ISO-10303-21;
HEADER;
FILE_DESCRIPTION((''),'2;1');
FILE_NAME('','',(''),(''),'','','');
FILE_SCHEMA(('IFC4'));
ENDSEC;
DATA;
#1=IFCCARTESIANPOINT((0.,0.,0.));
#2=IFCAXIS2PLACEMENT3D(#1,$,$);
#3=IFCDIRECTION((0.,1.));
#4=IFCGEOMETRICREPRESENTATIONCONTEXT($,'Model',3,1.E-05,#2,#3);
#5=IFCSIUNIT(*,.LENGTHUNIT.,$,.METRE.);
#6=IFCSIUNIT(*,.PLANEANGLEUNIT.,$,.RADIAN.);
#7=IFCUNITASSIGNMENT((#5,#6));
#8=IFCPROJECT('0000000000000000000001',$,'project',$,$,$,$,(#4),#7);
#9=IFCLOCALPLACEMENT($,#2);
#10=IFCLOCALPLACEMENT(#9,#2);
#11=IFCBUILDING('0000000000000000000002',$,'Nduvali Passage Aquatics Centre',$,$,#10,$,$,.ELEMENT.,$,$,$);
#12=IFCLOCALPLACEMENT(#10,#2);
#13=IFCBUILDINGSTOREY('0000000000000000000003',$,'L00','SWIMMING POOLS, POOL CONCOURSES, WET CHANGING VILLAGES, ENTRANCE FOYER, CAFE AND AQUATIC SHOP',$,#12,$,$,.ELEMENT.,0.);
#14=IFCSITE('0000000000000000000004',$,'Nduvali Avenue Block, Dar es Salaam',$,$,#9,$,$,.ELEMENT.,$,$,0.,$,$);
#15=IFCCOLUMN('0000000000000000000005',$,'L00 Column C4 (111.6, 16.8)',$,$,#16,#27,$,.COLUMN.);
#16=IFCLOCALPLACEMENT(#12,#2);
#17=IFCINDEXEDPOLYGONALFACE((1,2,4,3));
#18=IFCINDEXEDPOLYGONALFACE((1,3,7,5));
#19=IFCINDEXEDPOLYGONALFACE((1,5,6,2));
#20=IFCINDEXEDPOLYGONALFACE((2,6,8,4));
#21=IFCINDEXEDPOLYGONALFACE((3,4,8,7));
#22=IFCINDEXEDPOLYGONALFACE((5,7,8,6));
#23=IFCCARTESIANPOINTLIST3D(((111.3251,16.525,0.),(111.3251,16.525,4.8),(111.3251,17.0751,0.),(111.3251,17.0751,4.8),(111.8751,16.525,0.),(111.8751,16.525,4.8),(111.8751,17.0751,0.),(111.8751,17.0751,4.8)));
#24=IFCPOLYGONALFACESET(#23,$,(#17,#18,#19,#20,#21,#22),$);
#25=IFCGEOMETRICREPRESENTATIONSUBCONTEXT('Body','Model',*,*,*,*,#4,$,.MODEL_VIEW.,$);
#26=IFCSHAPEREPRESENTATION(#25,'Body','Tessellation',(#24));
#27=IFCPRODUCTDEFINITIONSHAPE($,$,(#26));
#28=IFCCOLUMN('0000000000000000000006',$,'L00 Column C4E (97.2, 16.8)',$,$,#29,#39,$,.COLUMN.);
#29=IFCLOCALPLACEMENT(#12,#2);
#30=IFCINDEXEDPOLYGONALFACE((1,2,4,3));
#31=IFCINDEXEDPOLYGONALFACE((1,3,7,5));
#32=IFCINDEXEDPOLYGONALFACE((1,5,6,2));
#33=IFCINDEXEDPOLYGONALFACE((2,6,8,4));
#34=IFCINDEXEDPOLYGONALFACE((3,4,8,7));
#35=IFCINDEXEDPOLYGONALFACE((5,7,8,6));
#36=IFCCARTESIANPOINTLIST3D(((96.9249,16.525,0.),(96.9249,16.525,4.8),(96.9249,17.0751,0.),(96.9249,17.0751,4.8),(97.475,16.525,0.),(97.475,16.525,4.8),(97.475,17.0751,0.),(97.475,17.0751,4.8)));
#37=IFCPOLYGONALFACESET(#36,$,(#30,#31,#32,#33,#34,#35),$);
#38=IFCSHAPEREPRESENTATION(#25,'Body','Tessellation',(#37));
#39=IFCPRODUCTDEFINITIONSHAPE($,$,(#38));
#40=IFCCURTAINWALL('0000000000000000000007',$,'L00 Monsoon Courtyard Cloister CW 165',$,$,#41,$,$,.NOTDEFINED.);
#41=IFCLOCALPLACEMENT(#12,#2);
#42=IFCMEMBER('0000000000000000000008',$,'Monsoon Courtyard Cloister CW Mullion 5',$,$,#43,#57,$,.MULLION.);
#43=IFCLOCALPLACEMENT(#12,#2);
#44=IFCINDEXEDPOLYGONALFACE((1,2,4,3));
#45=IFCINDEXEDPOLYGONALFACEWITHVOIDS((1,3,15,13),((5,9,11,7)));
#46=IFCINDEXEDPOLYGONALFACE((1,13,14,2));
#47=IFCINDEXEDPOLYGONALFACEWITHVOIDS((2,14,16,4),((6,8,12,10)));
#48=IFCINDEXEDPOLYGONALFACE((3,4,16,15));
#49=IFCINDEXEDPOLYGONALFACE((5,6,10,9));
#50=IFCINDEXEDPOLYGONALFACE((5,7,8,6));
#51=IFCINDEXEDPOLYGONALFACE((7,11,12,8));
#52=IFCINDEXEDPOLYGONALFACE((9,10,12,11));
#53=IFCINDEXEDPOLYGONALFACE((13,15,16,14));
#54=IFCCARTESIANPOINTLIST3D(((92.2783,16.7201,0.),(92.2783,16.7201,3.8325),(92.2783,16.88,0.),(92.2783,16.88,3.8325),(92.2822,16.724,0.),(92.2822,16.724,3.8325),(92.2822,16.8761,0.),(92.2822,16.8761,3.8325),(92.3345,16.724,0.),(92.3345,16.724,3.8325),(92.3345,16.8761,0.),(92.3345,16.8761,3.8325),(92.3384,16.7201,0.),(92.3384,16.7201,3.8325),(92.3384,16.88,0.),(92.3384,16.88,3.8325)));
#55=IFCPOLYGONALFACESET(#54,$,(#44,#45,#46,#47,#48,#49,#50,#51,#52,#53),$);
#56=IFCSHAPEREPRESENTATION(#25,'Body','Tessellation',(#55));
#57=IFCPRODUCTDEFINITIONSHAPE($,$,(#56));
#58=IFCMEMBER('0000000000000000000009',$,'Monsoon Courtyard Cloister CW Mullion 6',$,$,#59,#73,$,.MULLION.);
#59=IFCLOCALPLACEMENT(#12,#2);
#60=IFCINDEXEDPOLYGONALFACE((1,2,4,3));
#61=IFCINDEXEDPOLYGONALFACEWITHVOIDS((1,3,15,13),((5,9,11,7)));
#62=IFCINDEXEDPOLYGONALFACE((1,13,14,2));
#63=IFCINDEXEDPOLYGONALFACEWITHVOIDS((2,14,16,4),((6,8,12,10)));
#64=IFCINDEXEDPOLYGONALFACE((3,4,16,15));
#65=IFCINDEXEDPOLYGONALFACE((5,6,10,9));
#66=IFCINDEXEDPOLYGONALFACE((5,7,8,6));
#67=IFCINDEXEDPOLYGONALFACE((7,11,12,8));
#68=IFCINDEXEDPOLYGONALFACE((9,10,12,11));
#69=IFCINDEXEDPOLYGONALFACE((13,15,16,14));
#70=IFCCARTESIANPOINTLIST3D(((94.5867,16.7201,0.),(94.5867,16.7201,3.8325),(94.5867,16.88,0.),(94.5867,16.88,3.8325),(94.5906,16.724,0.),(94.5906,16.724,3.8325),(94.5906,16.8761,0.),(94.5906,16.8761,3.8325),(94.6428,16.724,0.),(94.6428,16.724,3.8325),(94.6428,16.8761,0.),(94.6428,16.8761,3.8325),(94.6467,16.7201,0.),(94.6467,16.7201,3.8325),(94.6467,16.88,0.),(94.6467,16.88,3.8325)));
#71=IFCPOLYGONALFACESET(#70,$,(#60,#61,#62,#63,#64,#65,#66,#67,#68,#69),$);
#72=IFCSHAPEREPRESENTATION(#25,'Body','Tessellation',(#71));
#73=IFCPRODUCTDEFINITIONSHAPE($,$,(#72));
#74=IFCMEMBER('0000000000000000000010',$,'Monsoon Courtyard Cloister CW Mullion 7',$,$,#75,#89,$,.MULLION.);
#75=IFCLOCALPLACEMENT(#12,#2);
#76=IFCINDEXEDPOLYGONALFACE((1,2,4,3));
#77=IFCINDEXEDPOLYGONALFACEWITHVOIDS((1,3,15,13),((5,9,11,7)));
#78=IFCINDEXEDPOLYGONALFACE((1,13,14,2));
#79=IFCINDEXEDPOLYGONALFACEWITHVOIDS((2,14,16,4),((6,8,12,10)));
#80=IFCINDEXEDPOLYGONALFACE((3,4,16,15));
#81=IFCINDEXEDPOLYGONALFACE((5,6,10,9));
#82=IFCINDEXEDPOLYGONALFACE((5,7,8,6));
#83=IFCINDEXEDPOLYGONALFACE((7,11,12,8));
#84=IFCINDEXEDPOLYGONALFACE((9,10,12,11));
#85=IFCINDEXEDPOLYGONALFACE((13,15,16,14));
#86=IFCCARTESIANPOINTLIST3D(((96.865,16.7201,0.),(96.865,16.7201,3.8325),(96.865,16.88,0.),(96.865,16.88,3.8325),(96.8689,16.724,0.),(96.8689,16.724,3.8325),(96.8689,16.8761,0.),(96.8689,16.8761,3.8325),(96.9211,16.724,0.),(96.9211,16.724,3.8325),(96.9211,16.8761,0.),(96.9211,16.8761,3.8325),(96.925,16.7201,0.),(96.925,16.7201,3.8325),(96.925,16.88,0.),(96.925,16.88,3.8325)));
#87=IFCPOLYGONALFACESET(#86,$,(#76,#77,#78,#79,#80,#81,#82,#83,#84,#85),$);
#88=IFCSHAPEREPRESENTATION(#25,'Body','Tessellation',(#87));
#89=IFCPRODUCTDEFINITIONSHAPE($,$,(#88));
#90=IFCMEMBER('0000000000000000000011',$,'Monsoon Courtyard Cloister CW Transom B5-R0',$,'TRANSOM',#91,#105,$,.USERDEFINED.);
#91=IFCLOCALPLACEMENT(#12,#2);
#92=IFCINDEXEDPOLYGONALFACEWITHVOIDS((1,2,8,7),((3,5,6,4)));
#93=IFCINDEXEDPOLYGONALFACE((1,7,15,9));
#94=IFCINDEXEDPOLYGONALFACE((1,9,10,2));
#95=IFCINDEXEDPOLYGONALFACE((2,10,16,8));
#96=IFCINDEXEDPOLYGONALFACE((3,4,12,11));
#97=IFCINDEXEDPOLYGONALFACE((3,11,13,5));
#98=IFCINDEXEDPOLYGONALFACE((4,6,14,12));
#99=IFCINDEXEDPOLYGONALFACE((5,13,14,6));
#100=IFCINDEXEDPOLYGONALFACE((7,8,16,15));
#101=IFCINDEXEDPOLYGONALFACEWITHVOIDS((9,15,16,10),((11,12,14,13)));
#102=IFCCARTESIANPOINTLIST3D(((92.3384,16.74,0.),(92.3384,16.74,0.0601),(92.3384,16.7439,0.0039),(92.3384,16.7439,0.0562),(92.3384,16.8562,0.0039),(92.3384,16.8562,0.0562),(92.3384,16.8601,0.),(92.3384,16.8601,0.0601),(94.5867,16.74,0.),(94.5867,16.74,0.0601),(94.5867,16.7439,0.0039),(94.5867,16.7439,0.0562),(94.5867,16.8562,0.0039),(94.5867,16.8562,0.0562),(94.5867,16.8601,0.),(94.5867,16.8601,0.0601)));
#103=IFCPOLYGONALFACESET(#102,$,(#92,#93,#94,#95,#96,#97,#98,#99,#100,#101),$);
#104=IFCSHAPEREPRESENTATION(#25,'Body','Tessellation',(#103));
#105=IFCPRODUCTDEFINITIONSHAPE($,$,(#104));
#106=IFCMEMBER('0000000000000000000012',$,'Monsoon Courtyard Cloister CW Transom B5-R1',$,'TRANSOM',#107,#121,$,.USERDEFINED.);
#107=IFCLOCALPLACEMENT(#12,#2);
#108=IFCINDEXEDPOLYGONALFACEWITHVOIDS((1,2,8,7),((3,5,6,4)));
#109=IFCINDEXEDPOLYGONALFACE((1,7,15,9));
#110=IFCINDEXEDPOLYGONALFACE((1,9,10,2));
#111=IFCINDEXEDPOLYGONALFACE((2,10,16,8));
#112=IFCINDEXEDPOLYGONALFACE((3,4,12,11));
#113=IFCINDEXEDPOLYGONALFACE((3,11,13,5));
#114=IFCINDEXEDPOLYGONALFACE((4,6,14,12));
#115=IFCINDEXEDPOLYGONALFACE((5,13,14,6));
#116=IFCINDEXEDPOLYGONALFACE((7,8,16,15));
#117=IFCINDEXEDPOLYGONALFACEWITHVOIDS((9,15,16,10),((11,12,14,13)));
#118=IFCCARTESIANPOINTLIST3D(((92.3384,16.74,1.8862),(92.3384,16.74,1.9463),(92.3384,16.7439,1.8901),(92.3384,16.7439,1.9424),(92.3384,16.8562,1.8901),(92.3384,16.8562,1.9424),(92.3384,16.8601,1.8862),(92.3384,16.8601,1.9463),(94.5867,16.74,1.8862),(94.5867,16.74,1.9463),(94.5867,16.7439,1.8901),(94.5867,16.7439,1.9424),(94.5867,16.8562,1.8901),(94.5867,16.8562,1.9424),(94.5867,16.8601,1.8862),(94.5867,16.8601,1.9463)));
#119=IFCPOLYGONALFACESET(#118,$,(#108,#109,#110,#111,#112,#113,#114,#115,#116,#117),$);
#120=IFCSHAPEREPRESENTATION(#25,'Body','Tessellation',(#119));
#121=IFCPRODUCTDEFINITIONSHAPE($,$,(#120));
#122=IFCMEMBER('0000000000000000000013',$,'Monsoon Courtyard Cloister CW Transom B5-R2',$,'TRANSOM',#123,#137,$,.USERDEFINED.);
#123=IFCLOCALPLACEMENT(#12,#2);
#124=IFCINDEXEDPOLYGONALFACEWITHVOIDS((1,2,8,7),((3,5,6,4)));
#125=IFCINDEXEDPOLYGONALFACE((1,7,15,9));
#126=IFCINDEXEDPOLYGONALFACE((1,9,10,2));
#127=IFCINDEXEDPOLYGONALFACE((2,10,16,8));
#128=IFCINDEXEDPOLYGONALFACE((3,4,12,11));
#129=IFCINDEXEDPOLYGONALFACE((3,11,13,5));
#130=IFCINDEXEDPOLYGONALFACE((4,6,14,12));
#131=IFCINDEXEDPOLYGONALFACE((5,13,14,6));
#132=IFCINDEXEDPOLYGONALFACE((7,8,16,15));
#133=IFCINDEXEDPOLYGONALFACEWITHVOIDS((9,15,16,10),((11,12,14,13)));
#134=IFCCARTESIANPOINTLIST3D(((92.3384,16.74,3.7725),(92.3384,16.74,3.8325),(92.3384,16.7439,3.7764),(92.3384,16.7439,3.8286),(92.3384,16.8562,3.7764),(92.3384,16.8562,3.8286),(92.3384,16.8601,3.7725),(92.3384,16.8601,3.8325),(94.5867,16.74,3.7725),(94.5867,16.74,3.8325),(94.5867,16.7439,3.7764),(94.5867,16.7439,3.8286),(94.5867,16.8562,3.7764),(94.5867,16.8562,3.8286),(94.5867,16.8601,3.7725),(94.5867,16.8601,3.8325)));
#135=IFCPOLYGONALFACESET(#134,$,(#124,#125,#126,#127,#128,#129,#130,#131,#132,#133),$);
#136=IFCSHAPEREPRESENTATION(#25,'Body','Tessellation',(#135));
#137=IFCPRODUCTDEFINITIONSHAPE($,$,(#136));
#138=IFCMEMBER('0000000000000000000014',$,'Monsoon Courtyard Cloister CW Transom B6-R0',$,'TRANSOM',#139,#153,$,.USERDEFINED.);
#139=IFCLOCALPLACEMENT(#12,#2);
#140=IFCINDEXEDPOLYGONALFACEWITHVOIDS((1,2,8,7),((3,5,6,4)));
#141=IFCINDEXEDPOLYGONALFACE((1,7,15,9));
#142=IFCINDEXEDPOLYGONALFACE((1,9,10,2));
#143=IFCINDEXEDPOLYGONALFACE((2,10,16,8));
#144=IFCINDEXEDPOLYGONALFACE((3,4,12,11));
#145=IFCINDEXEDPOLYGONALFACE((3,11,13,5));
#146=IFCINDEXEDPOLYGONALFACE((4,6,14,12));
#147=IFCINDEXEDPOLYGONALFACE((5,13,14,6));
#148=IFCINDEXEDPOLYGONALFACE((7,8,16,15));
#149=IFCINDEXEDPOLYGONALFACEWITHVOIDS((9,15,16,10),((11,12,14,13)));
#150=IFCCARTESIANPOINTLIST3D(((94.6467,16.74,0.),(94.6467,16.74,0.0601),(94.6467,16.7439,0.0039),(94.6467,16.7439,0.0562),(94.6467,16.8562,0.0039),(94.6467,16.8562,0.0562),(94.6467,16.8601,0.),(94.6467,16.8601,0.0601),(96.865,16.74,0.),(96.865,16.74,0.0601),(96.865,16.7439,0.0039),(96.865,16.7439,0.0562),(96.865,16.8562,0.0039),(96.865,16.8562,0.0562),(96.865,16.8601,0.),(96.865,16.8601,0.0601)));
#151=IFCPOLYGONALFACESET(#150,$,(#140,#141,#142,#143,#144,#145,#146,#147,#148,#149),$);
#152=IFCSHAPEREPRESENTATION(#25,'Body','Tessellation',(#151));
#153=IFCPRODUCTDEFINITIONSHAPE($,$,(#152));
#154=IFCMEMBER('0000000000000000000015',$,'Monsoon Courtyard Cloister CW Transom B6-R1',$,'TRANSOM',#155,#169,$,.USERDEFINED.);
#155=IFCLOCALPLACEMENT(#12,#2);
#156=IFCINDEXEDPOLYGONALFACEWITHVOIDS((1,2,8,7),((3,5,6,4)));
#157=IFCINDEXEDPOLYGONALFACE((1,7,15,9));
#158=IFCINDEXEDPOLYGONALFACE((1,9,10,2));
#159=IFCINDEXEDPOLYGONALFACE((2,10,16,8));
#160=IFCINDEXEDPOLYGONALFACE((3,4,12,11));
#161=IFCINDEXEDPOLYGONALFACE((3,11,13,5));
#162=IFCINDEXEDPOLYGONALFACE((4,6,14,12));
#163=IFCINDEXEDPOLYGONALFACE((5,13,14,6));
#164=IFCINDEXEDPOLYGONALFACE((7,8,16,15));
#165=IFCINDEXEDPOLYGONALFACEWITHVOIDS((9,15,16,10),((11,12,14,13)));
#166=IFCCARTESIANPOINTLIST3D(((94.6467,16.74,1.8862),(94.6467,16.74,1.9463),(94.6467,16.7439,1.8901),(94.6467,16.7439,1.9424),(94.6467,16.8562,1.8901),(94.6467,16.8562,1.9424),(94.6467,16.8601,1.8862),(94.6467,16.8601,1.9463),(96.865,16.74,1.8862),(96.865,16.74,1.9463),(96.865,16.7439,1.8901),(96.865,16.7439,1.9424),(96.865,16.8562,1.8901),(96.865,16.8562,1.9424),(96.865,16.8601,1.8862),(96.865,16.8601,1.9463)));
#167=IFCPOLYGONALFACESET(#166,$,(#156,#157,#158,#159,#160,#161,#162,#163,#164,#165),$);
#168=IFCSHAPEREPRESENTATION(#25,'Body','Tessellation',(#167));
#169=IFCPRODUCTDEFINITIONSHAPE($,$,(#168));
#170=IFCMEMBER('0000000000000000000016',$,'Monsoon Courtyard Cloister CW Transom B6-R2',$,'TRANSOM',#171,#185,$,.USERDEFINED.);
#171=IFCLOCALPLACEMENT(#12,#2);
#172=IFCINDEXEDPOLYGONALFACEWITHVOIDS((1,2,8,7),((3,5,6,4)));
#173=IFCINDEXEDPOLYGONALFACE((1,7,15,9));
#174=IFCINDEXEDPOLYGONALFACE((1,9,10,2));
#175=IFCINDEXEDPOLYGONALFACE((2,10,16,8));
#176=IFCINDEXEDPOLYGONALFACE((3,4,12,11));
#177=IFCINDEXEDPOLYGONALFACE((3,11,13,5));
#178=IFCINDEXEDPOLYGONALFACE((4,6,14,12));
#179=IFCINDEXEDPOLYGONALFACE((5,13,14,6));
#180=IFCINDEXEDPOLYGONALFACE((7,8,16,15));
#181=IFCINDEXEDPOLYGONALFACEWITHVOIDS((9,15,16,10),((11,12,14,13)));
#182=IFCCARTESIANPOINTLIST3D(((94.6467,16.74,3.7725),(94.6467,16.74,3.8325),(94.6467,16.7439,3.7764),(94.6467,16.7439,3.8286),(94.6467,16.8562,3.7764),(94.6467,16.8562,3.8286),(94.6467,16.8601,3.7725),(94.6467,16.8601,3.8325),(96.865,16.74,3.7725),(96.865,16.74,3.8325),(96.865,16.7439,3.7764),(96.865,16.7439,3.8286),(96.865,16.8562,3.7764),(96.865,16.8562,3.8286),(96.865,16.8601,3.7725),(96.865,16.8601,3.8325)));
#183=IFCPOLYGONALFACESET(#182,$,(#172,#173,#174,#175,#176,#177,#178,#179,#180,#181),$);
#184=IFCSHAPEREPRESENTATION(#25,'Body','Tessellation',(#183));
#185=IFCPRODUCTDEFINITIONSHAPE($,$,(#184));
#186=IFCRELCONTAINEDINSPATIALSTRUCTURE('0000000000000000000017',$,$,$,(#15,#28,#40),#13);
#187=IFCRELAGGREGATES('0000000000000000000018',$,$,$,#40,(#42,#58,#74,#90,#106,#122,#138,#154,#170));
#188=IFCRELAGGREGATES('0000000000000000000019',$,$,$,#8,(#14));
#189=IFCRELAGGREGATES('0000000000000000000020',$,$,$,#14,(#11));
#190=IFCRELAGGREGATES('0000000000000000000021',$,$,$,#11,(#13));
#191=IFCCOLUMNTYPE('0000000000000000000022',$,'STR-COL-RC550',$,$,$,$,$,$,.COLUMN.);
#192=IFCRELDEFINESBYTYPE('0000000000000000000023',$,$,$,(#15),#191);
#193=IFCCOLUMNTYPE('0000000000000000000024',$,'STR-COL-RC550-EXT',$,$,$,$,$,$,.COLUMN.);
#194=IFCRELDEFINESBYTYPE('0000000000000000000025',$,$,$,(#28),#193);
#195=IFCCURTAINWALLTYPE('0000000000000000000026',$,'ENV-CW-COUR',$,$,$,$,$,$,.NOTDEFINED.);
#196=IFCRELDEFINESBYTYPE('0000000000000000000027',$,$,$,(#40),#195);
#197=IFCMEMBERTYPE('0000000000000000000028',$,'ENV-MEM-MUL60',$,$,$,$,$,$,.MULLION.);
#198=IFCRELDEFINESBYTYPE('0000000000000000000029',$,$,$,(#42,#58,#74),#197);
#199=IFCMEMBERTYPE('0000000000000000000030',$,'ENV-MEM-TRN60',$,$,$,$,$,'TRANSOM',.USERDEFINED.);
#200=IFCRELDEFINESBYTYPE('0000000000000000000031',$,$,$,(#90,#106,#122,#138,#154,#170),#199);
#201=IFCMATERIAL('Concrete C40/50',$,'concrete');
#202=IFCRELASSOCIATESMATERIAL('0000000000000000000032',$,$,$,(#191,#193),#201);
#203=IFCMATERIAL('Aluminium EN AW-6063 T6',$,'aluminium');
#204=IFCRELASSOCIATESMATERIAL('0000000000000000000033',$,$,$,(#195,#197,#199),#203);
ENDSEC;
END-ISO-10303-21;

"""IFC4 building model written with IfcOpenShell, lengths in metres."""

from ifc_helpers import new_model, si_unit, direction, frame, origin, origin_2d, place, context, subcontext, project, spatial, rectangle, hollow_rectangle, extrude, material, material_profile, profile_set, type_object, element, aggregate, save


model = new_model("IFC4")

# Units and contexts
model_context = context("Model", 3, precision=1e-05, world=origin(), true_north=direction((0.0, 1.0)))
body_context = subcontext(model_context, "Body", "Model", "MODEL_VIEW")
ifc_project = project(units=[si_unit("LENGTHUNIT", "METRE"), si_unit("PLANEANGLEUNIT", "RADIAN")], contexts=[model_context])

# Site, building, storey
site_placement = place(None, origin())
site = spatial("IfcSite", under=ifc_project, at=site_placement, Name="Nduvali Avenue Block, Dar es Salaam", CompositionType="ELEMENT", RefElevation=0.0)
building_placement = place(site_placement, origin())
building = spatial("IfcBuilding", under=site, at=building_placement, Name="Nduvali Passage Aquatics Centre", CompositionType="ELEMENT")
storey_placement = place(building_placement, origin())
storey = spatial("IfcBuildingStorey", under=building, at=storey_placement, Name="L00", Description="SWIMMING POOLS, POOL CONCOURSES, WET CHANGING VILLAGES, ENTRANCE FOYER, CAFE AND AQUATIC SHOP", CompositionType="ELEMENT", Elevation=0.0)

# Columns
ifc_material_1 = material(Name="Concrete C40/50", Category="concrete")
ifc_material_profile_1 = material_profile(ifc_material_1, rectangle(XDim=0.55, YDim=0.55, at=origin_2d()), Name="RC 550x550")
ifc_profile_set_1 = profile_set([ifc_material_profile_1], Name="Concrete C40/50")
column_type_1 = type_object("IfcColumnType", Name="STR-COL-RC550", PredefinedType="COLUMN", material=ifc_profile_set_1)
column_1_placement = place(storey_placement, frame((111.6001, 16.8, 0.0), z_axis=(0.0, 0.0, 1.0), x_axis=(1.0, 0.0, 0.0)))
element("IfcColumn", 1, at=column_1_placement, inside=storey, type_object=column_type_1, Name="L00 Column C4 (111.6, 16.8)", PredefinedType="COLUMN", context=body_context, shape_type="SweptSolid", body=[
    extrude(rectangle(XDim=0.55, YDim=0.55, at=origin_2d()), origin(), (0.0, 0.0, 1.0), 4.8),
])
ifc_material_profile_2 = material_profile(ifc_material_1, rectangle(XDim=0.55, YDim=0.55, at=origin_2d()), Name="RC 550x550")
ifc_profile_set_2 = profile_set([ifc_material_profile_2], Name="Concrete C40/50")
column_type_2 = type_object("IfcColumnType", Name="STR-COL-RC550-EXT", PredefinedType="COLUMN", material=ifc_profile_set_2)
column_2_placement = place(storey_placement, frame((97.2, 16.8, 0.0), z_axis=(0.0, 0.0, 1.0), x_axis=(1.0, 0.0, 0.0)))
element("IfcColumn", 2, at=column_2_placement, inside=storey, type_object=column_type_2, Name="L00 Column C4E (97.2, 16.8)", PredefinedType="COLUMN", context=body_context, shape_type="SweptSolid", body=[
    extrude(rectangle(XDim=0.55, YDim=0.55, at=origin_2d()), origin(), (0.0, 0.0, 1.0), 4.8),
])

# Curtain wall, members
ifc_material_2 = material(Name="Aluminium EN AW-6063 T6", Category="aluminium")
curtain_wall_type = type_object("IfcCurtainWallType", Name="ENV-CW-COUR", PredefinedType="NOTDEFINED", material=ifc_material_2)
curtain_wall_placement = place(storey_placement, origin())
curtain_wall = element("IfcCurtainWall", 3, at=curtain_wall_placement, inside=storey, type_object=curtain_wall_type, Name="L00 Monsoon Courtyard Cloister CW 165", PredefinedType="NOTDEFINED")
ifc_material_profile_3 = material_profile(ifc_material_2, hollow_rectangle(XDim=0.0601, YDim=0.1599, WallThickness=0.0039, at=origin_2d()), Name="ALU MULLION 60x160x4")
ifc_profile_set_3 = profile_set([ifc_material_profile_3], Name="Aluminium EN AW-6063 T6")
member_type_1 = type_object("IfcMemberType", Name="ENV-MEM-MUL60", PredefinedType="MULLION", material=ifc_profile_set_3)
member_1_placement = place(storey_placement, frame((92.3083, 16.8, 0.0), z_axis=(0.0, 0.0, 1.0), x_axis=(1.0, 0.0, 0.0)))
member_1 = element("IfcMember", 4, at=member_1_placement, type_object=member_type_1, Name="Monsoon Courtyard Cloister CW Mullion 5", PredefinedType="MULLION", context=body_context, shape_type="SweptSolid", body=[
    extrude(hollow_rectangle(XDim=0.0601, YDim=0.1599, WallThickness=0.0039, at=origin_2d()), origin(), (0.0, 0.0, 1.0), 3.8325),
])
member_2_placement = place(storey_placement, frame((94.6167, 16.8, 0.0), z_axis=(0.0, 0.0, 1.0), x_axis=(1.0, 0.0, 0.0)))
member_2 = element("IfcMember", 5, at=member_2_placement, type_object=member_type_1, Name="Monsoon Courtyard Cloister CW Mullion 6", PredefinedType="MULLION", context=body_context, shape_type="SweptSolid", body=[
    extrude(hollow_rectangle(XDim=0.0601, YDim=0.1599, WallThickness=0.0039, at=origin_2d()), origin(), (0.0, 0.0, 1.0), 3.8325),
])
member_3_placement = place(storey_placement, frame((96.895, 16.8, 0.0), z_axis=(0.0, 0.0, 1.0), x_axis=(1.0, 0.0, 0.0)))
member_3 = element("IfcMember", 6, at=member_3_placement, type_object=member_type_1, Name="Monsoon Courtyard Cloister CW Mullion 7", PredefinedType="MULLION", context=body_context, shape_type="SweptSolid", body=[
    extrude(hollow_rectangle(XDim=0.0601, YDim=0.1599, WallThickness=0.0039, at=origin_2d()), origin(), (0.0, 0.0, 1.0), 3.8325),
])
ifc_material_profile_4 = material_profile(ifc_material_2, hollow_rectangle(XDim=0.1201, YDim=0.0601, WallThickness=0.0039, at=origin_2d()), Name="ALU TRANSOM 120x60x4")
ifc_profile_set_4 = profile_set([ifc_material_profile_4], Name="Aluminium EN AW-6063 T6")
member_type_2 = type_object("IfcMemberType", Name="ENV-MEM-TRN60", ElementType="TRANSOM", PredefinedType="USERDEFINED", material=ifc_profile_set_4)
member_4_placement = place(storey_placement, frame((92.3384, 16.8, 0.03), z_axis=(1.0, 0.0, 0.0), x_axis=(0.0, 1.0, 0.0)))
member_4 = element("IfcMember", 7, at=member_4_placement, type_object=member_type_2, Name="Monsoon Courtyard Cloister CW Transom B5-R0", ObjectType="TRANSOM", PredefinedType="USERDEFINED", context=body_context, shape_type="SweptSolid", body=[
    extrude(hollow_rectangle(XDim=0.1201, YDim=0.0601, WallThickness=0.0039, at=origin_2d()), origin(), (0.0, 0.0, 1.0), 2.2483),
])
member_5_placement = place(storey_placement, frame((92.3384, 16.8, 1.9163), z_axis=(1.0, 0.0, 0.0), x_axis=(0.0, 1.0, 0.0)))
member_5 = element("IfcMember", 8, at=member_5_placement, type_object=member_type_2, Name="Monsoon Courtyard Cloister CW Transom B5-R1", ObjectType="TRANSOM", PredefinedType="USERDEFINED", context=body_context, shape_type="SweptSolid", body=[
    extrude(hollow_rectangle(XDim=0.1201, YDim=0.0601, WallThickness=0.0039, at=origin_2d()), origin(), (0.0, 0.0, 1.0), 2.2483),
])
member_6_placement = place(storey_placement, frame((92.3384, 16.8, 3.8025), z_axis=(1.0, 0.0, 0.0), x_axis=(0.0, 1.0, 0.0)))
member_6 = element("IfcMember", 9, at=member_6_placement, type_object=member_type_2, Name="Monsoon Courtyard Cloister CW Transom B5-R2", ObjectType="TRANSOM", PredefinedType="USERDEFINED", context=body_context, shape_type="SweptSolid", body=[
    extrude(hollow_rectangle(XDim=0.1201, YDim=0.0601, WallThickness=0.0039, at=origin_2d()), origin(), (0.0, 0.0, 1.0), 2.2483),
])
member_7_placement = place(storey_placement, frame((94.6467, 16.8, 0.03), z_axis=(1.0, 0.0, 0.0), x_axis=(0.0, 1.0, 0.0)))
member_7 = element("IfcMember", 10, at=member_7_placement, type_object=member_type_2, Name="Monsoon Courtyard Cloister CW Transom B6-R0", ObjectType="TRANSOM", PredefinedType="USERDEFINED", context=body_context, shape_type="SweptSolid", body=[
    extrude(hollow_rectangle(XDim=0.1201, YDim=0.0601, WallThickness=0.0039, at=origin_2d()), origin(), (0.0, 0.0, 1.0), 2.2183),
])
member_8_placement = place(storey_placement, frame((94.6467, 16.8, 1.9163), z_axis=(1.0, 0.0, 0.0), x_axis=(0.0, 1.0, 0.0)))
member_8 = element("IfcMember", 11, at=member_8_placement, type_object=member_type_2, Name="Monsoon Courtyard Cloister CW Transom B6-R1", ObjectType="TRANSOM", PredefinedType="USERDEFINED", context=body_context, shape_type="SweptSolid", body=[
    extrude(hollow_rectangle(XDim=0.1201, YDim=0.0601, WallThickness=0.0039, at=origin_2d()), origin(), (0.0, 0.0, 1.0), 2.2183),
])
member_9_placement = place(storey_placement, frame((94.6467, 16.8, 3.8025), z_axis=(1.0, 0.0, 0.0), x_axis=(0.0, 1.0, 0.0)))
member_9 = element("IfcMember", 12, at=member_9_placement, type_object=member_type_2, Name="Monsoon Courtyard Cloister CW Transom B6-R2", ObjectType="TRANSOM", PredefinedType="USERDEFINED", context=body_context, shape_type="SweptSolid", body=[
    extrude(hollow_rectangle(XDim=0.1201, YDim=0.0601, WallThickness=0.0039, at=origin_2d()), origin(), (0.0, 0.0, 1.0), 2.2183),
])

aggregate(curtain_wall, [member_1, member_2, member_3, member_4, member_5, member_6, member_7, member_8, member_9])

save(model, "model.ifc")
